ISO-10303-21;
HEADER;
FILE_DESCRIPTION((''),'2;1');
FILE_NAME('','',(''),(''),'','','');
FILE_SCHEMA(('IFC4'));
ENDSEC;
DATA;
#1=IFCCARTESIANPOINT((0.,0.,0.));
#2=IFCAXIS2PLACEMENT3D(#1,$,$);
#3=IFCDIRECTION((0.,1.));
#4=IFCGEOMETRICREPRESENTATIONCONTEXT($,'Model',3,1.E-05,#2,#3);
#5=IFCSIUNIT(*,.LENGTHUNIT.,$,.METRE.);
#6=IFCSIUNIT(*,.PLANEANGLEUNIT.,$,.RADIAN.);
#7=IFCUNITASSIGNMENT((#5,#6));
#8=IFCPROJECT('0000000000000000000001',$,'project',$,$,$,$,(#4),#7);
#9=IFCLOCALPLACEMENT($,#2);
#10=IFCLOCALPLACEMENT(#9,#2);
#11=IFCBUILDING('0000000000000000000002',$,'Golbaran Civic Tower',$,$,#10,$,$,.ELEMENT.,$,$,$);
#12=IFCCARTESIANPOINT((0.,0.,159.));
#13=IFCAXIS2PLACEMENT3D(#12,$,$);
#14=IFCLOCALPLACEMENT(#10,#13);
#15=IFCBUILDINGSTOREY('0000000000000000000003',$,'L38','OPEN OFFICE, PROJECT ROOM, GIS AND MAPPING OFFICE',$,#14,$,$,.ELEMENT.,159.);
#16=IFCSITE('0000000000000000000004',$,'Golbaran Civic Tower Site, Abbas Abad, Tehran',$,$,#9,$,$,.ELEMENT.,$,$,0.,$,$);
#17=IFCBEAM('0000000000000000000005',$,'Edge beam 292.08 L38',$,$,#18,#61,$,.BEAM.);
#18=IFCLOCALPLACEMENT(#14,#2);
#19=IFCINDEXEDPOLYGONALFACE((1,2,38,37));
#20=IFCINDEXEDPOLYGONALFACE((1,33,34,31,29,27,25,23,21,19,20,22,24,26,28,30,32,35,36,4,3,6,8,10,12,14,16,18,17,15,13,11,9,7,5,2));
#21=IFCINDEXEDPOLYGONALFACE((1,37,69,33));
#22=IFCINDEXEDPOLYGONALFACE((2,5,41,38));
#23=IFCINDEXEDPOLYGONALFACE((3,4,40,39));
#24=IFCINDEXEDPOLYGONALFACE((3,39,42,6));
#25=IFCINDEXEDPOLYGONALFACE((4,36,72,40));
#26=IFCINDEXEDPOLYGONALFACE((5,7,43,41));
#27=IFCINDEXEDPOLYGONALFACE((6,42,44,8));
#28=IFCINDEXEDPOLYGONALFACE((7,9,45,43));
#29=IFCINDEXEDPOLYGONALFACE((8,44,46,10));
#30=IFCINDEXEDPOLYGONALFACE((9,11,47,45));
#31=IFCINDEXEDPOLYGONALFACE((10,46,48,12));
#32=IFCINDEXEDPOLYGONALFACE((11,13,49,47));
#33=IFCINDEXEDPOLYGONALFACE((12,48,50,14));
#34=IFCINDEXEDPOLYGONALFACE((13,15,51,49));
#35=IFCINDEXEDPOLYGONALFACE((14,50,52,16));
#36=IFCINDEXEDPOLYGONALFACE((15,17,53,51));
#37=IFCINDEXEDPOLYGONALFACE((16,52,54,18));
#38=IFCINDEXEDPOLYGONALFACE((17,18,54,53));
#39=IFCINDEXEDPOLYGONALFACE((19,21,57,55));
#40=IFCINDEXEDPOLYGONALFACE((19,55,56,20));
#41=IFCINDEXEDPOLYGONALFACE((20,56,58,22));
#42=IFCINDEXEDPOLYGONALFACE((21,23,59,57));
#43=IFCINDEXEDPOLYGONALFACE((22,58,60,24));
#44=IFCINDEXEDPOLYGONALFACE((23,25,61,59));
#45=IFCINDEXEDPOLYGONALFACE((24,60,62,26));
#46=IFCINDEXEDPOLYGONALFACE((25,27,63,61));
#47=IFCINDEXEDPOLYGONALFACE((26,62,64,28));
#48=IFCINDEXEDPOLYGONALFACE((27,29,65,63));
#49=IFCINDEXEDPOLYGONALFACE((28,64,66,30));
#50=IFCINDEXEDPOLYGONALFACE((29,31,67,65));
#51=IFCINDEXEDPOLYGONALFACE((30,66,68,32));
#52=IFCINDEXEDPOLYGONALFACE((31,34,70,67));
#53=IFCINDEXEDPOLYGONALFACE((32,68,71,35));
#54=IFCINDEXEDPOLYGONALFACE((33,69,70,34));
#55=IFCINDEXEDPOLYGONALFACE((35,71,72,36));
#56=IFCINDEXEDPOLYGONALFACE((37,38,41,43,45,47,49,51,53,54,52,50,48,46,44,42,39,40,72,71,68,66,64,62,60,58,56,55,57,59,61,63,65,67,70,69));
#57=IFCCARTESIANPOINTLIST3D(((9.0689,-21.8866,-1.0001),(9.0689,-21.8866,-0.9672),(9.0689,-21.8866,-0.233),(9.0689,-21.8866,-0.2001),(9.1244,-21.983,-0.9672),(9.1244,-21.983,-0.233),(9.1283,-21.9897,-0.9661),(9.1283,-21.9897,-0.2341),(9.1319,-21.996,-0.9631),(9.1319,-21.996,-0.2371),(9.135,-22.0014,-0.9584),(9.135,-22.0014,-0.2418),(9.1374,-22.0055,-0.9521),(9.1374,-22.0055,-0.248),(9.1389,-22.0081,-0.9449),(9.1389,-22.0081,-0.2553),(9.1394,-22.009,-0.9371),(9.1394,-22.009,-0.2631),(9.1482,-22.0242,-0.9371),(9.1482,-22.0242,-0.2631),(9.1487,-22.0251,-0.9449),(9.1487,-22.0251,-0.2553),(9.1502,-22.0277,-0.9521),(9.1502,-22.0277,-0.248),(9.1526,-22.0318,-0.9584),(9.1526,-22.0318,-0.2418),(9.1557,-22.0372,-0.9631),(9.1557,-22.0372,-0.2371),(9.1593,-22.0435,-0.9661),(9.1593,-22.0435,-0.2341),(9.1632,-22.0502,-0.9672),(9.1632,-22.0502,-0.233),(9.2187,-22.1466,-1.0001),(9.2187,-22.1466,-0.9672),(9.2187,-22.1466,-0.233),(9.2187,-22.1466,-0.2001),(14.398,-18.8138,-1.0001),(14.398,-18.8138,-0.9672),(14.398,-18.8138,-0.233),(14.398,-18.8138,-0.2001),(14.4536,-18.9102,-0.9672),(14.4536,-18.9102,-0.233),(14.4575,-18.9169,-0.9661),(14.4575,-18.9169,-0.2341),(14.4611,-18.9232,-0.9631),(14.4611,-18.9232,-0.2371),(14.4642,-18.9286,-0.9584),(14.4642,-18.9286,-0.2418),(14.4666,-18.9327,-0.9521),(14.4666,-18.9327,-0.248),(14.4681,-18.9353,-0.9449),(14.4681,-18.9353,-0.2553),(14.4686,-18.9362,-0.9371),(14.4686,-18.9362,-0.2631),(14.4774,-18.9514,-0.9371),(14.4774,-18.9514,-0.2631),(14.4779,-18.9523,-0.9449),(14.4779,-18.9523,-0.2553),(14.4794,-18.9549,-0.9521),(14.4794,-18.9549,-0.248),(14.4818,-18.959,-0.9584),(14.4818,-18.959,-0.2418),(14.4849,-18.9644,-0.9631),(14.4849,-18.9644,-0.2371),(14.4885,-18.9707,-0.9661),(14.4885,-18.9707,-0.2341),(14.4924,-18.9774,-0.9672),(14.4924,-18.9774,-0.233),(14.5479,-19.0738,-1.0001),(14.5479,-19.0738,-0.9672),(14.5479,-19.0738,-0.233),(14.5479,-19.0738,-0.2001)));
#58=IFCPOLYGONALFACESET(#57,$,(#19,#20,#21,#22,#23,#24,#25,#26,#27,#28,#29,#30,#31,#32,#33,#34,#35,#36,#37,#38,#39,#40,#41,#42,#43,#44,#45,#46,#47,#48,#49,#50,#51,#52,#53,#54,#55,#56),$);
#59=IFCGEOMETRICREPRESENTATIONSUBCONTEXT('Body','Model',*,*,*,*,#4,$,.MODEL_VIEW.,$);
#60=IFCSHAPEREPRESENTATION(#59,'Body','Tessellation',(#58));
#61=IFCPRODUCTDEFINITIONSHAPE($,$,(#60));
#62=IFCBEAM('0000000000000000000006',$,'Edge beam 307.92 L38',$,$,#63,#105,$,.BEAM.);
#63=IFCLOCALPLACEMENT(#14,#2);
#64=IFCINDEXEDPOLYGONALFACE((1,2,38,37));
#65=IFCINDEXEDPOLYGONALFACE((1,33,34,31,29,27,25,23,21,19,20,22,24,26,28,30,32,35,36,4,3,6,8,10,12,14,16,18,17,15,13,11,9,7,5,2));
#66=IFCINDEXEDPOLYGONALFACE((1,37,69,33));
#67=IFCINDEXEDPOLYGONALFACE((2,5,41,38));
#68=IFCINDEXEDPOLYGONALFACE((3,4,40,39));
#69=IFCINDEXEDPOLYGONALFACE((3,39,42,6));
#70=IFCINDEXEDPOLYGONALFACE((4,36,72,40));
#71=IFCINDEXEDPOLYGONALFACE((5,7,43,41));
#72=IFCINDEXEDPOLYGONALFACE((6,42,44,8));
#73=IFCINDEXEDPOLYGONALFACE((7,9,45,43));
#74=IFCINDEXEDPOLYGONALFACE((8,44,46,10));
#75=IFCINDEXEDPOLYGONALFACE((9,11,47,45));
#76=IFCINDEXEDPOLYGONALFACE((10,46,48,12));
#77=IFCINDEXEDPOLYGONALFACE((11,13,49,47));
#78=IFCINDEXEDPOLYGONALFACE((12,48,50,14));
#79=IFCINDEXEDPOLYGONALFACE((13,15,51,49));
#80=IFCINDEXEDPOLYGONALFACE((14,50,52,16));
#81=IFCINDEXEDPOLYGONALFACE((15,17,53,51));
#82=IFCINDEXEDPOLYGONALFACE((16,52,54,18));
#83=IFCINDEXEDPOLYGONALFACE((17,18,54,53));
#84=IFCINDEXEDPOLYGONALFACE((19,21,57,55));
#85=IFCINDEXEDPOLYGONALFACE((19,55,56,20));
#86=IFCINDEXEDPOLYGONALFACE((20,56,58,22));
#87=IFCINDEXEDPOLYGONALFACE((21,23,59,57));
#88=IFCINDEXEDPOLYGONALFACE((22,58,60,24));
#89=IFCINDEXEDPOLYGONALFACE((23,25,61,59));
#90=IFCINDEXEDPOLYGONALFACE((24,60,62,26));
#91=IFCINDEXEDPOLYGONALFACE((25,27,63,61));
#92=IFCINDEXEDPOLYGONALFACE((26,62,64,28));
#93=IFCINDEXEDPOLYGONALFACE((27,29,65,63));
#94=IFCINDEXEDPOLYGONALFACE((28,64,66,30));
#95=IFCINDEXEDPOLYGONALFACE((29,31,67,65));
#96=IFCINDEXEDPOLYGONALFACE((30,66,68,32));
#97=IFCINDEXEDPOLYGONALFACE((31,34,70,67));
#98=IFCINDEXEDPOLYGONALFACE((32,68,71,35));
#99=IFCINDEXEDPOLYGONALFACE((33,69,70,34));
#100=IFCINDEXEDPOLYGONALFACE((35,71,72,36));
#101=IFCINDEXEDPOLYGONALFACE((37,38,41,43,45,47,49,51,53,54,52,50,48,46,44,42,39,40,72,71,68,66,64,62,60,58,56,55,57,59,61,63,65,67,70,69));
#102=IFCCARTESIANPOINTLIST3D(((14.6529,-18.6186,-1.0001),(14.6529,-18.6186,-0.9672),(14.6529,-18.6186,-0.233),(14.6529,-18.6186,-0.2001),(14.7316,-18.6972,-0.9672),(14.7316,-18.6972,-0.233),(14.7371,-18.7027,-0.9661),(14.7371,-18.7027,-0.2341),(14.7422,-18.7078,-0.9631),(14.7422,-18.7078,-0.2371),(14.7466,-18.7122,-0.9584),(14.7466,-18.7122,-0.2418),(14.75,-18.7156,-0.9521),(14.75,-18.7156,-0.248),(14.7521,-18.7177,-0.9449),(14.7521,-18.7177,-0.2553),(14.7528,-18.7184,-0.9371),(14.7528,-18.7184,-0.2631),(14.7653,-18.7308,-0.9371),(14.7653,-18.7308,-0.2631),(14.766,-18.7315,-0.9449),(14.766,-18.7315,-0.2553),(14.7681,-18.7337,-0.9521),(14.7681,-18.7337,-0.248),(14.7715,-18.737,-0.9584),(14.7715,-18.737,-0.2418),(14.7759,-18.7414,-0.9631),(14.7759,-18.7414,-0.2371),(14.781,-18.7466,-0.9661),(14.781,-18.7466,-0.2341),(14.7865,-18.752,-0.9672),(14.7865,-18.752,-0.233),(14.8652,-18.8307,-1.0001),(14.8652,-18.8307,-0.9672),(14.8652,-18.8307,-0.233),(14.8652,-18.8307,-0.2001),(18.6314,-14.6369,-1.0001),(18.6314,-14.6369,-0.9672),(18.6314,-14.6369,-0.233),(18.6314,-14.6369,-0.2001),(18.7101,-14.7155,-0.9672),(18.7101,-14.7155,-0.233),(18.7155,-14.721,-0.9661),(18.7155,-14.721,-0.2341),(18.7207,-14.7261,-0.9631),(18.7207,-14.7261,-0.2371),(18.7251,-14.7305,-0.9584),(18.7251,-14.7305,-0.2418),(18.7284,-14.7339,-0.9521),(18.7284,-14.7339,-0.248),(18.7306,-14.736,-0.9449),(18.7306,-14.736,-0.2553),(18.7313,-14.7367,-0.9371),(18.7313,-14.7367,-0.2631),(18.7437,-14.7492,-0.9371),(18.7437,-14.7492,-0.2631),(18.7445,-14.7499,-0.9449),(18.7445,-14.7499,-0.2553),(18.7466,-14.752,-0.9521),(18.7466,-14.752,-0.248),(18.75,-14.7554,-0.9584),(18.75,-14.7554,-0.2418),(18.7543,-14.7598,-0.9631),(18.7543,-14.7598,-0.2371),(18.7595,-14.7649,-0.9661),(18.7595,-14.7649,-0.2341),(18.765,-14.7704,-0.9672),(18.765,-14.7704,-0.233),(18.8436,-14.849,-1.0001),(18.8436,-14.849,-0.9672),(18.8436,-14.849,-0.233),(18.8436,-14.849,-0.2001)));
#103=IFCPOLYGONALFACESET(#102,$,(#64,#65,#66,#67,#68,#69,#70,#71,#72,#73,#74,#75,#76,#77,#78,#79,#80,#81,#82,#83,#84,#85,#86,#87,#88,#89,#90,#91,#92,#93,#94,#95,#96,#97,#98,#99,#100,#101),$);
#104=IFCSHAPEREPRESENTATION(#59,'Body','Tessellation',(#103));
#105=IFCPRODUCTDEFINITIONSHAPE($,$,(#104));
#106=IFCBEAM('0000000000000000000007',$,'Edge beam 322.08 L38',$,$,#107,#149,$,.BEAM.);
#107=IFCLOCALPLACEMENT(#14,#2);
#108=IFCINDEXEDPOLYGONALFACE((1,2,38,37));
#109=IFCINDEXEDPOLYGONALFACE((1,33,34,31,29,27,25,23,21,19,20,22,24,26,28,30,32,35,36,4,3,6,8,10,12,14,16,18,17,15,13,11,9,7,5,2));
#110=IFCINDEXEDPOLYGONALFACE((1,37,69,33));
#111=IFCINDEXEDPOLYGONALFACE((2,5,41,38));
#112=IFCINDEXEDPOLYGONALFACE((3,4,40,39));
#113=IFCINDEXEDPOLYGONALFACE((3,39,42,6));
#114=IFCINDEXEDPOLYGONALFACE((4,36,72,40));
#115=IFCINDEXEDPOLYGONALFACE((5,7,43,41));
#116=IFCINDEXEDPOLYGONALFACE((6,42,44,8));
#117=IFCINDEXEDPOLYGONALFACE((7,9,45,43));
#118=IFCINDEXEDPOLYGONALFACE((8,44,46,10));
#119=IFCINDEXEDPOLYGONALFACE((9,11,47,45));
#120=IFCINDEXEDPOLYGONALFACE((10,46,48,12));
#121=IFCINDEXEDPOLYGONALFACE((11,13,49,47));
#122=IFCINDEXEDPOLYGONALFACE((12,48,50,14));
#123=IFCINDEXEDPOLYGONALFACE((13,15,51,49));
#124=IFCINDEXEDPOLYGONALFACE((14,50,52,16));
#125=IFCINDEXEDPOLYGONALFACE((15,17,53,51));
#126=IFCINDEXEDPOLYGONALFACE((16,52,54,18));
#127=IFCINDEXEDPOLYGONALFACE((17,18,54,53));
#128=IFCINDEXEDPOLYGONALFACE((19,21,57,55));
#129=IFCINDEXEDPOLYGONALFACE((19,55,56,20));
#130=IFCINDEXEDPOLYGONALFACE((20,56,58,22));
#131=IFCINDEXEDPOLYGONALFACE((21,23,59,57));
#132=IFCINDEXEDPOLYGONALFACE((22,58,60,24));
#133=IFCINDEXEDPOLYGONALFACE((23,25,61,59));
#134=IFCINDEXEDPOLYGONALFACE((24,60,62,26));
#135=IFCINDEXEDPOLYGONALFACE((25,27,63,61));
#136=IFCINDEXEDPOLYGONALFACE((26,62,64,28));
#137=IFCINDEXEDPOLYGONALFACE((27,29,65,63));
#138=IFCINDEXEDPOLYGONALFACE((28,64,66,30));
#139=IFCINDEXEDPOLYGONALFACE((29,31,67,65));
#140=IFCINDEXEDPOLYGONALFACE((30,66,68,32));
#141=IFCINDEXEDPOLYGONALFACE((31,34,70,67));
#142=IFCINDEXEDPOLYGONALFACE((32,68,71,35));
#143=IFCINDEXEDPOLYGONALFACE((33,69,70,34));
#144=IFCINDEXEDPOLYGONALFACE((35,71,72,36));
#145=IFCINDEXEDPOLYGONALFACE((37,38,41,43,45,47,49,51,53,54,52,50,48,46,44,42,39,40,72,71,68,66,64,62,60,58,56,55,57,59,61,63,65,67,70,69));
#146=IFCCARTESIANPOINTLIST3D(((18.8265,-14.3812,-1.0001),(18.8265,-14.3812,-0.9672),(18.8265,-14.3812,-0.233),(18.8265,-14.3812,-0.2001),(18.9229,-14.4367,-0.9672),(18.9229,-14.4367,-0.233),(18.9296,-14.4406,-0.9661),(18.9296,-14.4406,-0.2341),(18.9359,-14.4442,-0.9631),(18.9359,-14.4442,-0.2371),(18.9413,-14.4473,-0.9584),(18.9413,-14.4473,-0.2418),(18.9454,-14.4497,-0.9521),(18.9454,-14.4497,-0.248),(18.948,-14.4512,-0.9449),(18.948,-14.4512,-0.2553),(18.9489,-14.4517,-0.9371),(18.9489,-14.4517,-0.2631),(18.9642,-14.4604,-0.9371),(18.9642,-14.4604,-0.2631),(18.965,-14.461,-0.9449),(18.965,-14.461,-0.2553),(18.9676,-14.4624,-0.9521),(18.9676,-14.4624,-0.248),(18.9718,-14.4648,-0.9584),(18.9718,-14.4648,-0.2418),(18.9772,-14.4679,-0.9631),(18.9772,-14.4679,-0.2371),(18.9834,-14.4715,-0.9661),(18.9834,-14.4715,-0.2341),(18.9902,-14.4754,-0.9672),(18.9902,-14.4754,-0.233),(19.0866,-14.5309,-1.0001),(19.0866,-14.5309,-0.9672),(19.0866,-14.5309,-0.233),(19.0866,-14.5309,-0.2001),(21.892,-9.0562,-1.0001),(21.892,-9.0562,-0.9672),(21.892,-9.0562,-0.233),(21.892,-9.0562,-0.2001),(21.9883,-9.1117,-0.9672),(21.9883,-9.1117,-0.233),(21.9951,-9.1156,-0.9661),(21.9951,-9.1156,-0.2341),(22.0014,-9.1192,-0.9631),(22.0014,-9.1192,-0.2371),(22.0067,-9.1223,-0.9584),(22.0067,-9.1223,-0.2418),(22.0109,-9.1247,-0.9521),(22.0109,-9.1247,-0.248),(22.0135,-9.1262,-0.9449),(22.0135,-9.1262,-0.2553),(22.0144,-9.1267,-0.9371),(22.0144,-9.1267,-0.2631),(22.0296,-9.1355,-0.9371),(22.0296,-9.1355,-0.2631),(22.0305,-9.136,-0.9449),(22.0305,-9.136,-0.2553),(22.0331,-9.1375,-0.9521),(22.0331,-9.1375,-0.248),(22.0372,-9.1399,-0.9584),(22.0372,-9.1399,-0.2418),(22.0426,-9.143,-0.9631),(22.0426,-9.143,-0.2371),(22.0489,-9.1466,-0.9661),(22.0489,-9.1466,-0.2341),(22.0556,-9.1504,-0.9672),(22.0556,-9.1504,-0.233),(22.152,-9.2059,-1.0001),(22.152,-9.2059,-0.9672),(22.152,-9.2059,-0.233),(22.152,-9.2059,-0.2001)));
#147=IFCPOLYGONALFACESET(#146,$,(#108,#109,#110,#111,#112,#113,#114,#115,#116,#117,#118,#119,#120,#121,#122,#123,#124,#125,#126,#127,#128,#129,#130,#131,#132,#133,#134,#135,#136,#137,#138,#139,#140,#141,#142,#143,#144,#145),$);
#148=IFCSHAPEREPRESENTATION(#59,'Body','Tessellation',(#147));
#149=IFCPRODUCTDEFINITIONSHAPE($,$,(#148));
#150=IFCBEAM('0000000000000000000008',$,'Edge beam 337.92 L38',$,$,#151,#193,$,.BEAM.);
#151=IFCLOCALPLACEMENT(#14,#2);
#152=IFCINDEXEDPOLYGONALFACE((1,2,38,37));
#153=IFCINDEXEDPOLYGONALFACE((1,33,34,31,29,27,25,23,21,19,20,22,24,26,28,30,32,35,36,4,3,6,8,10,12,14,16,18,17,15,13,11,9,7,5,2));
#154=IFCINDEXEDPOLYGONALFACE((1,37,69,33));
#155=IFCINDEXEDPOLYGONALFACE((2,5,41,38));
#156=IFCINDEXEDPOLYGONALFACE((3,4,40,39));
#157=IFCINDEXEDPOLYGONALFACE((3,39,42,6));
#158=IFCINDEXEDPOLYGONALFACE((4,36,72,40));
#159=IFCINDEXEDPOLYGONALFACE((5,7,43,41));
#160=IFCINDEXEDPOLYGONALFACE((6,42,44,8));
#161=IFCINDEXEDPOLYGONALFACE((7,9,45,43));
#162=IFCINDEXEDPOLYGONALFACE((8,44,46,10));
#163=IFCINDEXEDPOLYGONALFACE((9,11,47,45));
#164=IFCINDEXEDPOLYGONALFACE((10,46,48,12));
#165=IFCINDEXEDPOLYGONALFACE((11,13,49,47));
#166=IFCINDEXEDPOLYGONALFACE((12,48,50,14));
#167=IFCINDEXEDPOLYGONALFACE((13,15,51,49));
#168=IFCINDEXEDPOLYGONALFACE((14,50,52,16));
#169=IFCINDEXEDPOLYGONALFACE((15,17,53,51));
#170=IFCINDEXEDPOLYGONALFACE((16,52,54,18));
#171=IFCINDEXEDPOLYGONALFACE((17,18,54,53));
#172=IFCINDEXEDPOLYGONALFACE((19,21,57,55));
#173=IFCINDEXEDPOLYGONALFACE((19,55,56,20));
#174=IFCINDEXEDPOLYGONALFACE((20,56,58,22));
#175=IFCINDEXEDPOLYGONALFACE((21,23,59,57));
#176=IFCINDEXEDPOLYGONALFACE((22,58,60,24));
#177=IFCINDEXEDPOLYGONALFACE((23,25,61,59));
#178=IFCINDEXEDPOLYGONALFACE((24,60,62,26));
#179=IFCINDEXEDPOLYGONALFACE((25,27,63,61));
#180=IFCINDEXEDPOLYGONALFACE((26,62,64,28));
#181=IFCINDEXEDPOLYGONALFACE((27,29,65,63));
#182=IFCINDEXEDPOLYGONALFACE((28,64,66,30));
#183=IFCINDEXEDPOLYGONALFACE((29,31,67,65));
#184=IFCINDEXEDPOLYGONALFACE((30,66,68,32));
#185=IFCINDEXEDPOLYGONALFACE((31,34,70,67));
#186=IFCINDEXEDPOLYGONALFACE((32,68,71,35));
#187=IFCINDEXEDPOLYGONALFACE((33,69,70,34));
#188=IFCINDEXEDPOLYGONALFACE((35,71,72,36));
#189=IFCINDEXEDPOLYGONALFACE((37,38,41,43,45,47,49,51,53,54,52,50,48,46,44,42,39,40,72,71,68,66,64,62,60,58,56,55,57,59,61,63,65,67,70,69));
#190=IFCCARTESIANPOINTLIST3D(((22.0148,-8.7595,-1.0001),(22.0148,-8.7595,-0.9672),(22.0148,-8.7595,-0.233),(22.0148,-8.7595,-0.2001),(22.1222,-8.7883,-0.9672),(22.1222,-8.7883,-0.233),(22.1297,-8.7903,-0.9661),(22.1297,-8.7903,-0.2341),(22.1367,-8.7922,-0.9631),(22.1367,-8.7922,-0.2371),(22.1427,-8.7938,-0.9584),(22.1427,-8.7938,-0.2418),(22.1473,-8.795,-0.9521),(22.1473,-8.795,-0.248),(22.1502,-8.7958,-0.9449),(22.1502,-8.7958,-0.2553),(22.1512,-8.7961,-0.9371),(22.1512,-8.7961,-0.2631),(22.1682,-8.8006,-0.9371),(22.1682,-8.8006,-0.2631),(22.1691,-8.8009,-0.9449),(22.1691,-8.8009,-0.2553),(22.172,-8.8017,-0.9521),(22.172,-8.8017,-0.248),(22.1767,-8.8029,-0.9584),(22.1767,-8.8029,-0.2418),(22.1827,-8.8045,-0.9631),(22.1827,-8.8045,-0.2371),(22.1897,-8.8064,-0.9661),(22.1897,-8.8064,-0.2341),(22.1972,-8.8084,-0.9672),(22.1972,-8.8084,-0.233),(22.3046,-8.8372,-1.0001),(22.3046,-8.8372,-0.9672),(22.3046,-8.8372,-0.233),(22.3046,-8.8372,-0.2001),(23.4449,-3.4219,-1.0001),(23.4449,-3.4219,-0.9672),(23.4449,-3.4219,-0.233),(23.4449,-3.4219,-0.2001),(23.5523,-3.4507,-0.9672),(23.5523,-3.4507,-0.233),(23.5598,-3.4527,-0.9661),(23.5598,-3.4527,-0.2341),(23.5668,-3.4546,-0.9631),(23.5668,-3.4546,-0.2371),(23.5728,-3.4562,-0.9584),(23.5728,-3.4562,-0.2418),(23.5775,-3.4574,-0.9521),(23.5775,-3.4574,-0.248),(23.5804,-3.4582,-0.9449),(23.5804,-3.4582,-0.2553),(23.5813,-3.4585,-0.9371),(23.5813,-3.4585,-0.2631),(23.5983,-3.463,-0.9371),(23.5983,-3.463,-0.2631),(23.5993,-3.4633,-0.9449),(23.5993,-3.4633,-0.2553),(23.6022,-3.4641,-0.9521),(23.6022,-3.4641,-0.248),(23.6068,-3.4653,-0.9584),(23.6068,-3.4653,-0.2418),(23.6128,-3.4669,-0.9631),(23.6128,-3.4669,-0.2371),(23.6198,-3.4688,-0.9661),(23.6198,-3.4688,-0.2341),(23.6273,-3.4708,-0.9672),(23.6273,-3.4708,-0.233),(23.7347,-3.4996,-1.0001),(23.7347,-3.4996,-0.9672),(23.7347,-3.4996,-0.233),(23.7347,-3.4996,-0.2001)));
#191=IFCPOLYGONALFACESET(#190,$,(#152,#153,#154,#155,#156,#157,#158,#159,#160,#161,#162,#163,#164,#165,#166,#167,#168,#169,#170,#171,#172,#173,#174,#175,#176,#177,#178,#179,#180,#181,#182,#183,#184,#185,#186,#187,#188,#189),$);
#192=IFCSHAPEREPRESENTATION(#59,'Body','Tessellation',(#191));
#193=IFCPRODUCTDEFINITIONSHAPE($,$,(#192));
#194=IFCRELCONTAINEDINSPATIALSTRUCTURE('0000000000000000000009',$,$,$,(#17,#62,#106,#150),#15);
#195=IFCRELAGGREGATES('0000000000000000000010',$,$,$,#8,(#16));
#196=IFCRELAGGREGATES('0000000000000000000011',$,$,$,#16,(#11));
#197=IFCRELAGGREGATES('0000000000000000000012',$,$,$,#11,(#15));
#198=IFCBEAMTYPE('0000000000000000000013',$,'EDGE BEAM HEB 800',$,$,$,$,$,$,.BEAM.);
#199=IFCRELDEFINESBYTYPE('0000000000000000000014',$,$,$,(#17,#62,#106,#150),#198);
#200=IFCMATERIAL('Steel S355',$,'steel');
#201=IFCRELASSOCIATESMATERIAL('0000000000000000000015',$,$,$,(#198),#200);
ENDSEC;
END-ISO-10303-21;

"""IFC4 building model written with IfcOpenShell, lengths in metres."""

from ifc_helpers import new_model, si_unit, direction, frame, origin, origin_2d, place, context, subcontext, project, spatial, i_section, extrude, material, material_profile, profile_set, type_object, element, save


model = new_model("IFC4")

# Units and contexts
model_context = context("Model", 3, precision=1e-05, world=origin(), true_north=direction((0.0, 1.0)))
body_context = subcontext(model_context, "Body", "Model", "MODEL_VIEW")
ifc_project = project(units=[si_unit("LENGTHUNIT", "METRE"), si_unit("PLANEANGLEUNIT", "RADIAN")], contexts=[model_context])

# Site, building, storey
site_placement = place(None, origin())
site = spatial("IfcSite", under=ifc_project, at=site_placement, Name="Golbaran Civic Tower Site, Abbas Abad, Tehran", CompositionType="ELEMENT", RefElevation=0.0)
building_placement = place(site_placement, origin())
building = spatial("IfcBuilding", under=site, at=building_placement, Name="Golbaran Civic Tower", CompositionType="ELEMENT")
storey_placement = place(building_placement, frame((0.0, 0.0, 159.0)))
storey = spatial("IfcBuildingStorey", under=building, at=storey_placement, Name="L38", Description="OPEN OFFICE, PROJECT ROOM, GIS AND MAPPING OFFICE", CompositionType="ELEMENT", Elevation=159.0)

# Beams
ifc_material_1 = material(Name="Steel S355", Category="steel")
ifc_material_profile_1 = material_profile(ifc_material_1, i_section(OverallWidth=0.3, OverallDepth=0.8, WebThickness=0.0176, FlangeThickness=0.033, FilletRadius=0.03, at=origin_2d()), Name="HEB 800")
ifc_profile_set_1 = profile_set([ifc_material_profile_1], Name="Steel S355")
beam_type_1 = type_object("IfcBeamType", Name="EDGE BEAM HEB 800", PredefinedType="BEAM", material=ifc_profile_set_1)
beam_1_placement = place(storey_placement, frame((9.1438, -22.0166, -0.6001), z_axis=(0.866307, 0.499512, 0.0), x_axis=(-0.499512, 0.866307, 0.0)))
element("IfcBeam", 1, at=beam_1_placement, inside=storey, type_object=beam_type_1, Name="Edge beam 292.08 L38", PredefinedType="BEAM", context=body_context, shape_type="SweptSolid", body=[
    extrude(i_section(OverallWidth=0.3, OverallDepth=0.8, WebThickness=0.0176, FlangeThickness=0.033, FilletRadius=0.03, at=origin_2d()), origin(), (0.0, 0.0, 1.0), 6.1516),
])
beam_2_placement = place(storey_placement, frame((14.759, -18.7246, -0.6001), z_axis=(0.706825, 0.707389, 0.0), x_axis=(-0.707389, 0.706825, 0.0)))
element("IfcBeam", 2, at=beam_2_placement, inside=storey, type_object=beam_type_1, Name="Edge beam 307.92 L38", PredefinedType="BEAM", context=body_context, shape_type="SweptSolid", body=[
    extrude(i_section(OverallWidth=0.3, OverallDepth=0.8, WebThickness=0.0176, FlangeThickness=0.033, FilletRadius=0.03, at=origin_2d()), origin(), (0.0, 0.0, 1.0), 5.6287),
])
beam_3_placement = place(storey_placement, frame((18.9565, -14.4561, -0.6001), z_axis=(0.498909, 0.866654, 0.0), x_axis=(-0.866654, 0.498909, 0.0)))
element("IfcBeam", 3, at=beam_3_placement, inside=storey, type_object=beam_type_1, Name="Edge beam 322.08 L38", PredefinedType="BEAM", context=body_context, shape_type="SweptSolid", body=[
    extrude(i_section(OverallWidth=0.3, OverallDepth=0.8, WebThickness=0.0176, FlangeThickness=0.033, FilletRadius=0.03, at=origin_2d()), origin(), (0.0, 0.0, 1.0), 6.1443),
])
beam_4_placement = place(storey_placement, frame((22.1597, -8.7983, -0.6001), z_axis=(0.258812, 0.965928, 0.0), x_axis=(-0.965928, 0.258812, 0.0)))
element("IfcBeam", 4, at=beam_4_placement, inside=storey, type_object=beam_type_1, Name="Edge beam 337.92 L38", PredefinedType="BEAM", context=body_context, shape_type="SweptSolid", body=[
    extrude(i_section(OverallWidth=0.3, OverallDepth=0.8, WebThickness=0.0176, FlangeThickness=0.033, FilletRadius=0.03, at=origin_2d()), origin(), (0.0, 0.0, 1.0), 5.5259),
])

save(model, "model.ifc")
